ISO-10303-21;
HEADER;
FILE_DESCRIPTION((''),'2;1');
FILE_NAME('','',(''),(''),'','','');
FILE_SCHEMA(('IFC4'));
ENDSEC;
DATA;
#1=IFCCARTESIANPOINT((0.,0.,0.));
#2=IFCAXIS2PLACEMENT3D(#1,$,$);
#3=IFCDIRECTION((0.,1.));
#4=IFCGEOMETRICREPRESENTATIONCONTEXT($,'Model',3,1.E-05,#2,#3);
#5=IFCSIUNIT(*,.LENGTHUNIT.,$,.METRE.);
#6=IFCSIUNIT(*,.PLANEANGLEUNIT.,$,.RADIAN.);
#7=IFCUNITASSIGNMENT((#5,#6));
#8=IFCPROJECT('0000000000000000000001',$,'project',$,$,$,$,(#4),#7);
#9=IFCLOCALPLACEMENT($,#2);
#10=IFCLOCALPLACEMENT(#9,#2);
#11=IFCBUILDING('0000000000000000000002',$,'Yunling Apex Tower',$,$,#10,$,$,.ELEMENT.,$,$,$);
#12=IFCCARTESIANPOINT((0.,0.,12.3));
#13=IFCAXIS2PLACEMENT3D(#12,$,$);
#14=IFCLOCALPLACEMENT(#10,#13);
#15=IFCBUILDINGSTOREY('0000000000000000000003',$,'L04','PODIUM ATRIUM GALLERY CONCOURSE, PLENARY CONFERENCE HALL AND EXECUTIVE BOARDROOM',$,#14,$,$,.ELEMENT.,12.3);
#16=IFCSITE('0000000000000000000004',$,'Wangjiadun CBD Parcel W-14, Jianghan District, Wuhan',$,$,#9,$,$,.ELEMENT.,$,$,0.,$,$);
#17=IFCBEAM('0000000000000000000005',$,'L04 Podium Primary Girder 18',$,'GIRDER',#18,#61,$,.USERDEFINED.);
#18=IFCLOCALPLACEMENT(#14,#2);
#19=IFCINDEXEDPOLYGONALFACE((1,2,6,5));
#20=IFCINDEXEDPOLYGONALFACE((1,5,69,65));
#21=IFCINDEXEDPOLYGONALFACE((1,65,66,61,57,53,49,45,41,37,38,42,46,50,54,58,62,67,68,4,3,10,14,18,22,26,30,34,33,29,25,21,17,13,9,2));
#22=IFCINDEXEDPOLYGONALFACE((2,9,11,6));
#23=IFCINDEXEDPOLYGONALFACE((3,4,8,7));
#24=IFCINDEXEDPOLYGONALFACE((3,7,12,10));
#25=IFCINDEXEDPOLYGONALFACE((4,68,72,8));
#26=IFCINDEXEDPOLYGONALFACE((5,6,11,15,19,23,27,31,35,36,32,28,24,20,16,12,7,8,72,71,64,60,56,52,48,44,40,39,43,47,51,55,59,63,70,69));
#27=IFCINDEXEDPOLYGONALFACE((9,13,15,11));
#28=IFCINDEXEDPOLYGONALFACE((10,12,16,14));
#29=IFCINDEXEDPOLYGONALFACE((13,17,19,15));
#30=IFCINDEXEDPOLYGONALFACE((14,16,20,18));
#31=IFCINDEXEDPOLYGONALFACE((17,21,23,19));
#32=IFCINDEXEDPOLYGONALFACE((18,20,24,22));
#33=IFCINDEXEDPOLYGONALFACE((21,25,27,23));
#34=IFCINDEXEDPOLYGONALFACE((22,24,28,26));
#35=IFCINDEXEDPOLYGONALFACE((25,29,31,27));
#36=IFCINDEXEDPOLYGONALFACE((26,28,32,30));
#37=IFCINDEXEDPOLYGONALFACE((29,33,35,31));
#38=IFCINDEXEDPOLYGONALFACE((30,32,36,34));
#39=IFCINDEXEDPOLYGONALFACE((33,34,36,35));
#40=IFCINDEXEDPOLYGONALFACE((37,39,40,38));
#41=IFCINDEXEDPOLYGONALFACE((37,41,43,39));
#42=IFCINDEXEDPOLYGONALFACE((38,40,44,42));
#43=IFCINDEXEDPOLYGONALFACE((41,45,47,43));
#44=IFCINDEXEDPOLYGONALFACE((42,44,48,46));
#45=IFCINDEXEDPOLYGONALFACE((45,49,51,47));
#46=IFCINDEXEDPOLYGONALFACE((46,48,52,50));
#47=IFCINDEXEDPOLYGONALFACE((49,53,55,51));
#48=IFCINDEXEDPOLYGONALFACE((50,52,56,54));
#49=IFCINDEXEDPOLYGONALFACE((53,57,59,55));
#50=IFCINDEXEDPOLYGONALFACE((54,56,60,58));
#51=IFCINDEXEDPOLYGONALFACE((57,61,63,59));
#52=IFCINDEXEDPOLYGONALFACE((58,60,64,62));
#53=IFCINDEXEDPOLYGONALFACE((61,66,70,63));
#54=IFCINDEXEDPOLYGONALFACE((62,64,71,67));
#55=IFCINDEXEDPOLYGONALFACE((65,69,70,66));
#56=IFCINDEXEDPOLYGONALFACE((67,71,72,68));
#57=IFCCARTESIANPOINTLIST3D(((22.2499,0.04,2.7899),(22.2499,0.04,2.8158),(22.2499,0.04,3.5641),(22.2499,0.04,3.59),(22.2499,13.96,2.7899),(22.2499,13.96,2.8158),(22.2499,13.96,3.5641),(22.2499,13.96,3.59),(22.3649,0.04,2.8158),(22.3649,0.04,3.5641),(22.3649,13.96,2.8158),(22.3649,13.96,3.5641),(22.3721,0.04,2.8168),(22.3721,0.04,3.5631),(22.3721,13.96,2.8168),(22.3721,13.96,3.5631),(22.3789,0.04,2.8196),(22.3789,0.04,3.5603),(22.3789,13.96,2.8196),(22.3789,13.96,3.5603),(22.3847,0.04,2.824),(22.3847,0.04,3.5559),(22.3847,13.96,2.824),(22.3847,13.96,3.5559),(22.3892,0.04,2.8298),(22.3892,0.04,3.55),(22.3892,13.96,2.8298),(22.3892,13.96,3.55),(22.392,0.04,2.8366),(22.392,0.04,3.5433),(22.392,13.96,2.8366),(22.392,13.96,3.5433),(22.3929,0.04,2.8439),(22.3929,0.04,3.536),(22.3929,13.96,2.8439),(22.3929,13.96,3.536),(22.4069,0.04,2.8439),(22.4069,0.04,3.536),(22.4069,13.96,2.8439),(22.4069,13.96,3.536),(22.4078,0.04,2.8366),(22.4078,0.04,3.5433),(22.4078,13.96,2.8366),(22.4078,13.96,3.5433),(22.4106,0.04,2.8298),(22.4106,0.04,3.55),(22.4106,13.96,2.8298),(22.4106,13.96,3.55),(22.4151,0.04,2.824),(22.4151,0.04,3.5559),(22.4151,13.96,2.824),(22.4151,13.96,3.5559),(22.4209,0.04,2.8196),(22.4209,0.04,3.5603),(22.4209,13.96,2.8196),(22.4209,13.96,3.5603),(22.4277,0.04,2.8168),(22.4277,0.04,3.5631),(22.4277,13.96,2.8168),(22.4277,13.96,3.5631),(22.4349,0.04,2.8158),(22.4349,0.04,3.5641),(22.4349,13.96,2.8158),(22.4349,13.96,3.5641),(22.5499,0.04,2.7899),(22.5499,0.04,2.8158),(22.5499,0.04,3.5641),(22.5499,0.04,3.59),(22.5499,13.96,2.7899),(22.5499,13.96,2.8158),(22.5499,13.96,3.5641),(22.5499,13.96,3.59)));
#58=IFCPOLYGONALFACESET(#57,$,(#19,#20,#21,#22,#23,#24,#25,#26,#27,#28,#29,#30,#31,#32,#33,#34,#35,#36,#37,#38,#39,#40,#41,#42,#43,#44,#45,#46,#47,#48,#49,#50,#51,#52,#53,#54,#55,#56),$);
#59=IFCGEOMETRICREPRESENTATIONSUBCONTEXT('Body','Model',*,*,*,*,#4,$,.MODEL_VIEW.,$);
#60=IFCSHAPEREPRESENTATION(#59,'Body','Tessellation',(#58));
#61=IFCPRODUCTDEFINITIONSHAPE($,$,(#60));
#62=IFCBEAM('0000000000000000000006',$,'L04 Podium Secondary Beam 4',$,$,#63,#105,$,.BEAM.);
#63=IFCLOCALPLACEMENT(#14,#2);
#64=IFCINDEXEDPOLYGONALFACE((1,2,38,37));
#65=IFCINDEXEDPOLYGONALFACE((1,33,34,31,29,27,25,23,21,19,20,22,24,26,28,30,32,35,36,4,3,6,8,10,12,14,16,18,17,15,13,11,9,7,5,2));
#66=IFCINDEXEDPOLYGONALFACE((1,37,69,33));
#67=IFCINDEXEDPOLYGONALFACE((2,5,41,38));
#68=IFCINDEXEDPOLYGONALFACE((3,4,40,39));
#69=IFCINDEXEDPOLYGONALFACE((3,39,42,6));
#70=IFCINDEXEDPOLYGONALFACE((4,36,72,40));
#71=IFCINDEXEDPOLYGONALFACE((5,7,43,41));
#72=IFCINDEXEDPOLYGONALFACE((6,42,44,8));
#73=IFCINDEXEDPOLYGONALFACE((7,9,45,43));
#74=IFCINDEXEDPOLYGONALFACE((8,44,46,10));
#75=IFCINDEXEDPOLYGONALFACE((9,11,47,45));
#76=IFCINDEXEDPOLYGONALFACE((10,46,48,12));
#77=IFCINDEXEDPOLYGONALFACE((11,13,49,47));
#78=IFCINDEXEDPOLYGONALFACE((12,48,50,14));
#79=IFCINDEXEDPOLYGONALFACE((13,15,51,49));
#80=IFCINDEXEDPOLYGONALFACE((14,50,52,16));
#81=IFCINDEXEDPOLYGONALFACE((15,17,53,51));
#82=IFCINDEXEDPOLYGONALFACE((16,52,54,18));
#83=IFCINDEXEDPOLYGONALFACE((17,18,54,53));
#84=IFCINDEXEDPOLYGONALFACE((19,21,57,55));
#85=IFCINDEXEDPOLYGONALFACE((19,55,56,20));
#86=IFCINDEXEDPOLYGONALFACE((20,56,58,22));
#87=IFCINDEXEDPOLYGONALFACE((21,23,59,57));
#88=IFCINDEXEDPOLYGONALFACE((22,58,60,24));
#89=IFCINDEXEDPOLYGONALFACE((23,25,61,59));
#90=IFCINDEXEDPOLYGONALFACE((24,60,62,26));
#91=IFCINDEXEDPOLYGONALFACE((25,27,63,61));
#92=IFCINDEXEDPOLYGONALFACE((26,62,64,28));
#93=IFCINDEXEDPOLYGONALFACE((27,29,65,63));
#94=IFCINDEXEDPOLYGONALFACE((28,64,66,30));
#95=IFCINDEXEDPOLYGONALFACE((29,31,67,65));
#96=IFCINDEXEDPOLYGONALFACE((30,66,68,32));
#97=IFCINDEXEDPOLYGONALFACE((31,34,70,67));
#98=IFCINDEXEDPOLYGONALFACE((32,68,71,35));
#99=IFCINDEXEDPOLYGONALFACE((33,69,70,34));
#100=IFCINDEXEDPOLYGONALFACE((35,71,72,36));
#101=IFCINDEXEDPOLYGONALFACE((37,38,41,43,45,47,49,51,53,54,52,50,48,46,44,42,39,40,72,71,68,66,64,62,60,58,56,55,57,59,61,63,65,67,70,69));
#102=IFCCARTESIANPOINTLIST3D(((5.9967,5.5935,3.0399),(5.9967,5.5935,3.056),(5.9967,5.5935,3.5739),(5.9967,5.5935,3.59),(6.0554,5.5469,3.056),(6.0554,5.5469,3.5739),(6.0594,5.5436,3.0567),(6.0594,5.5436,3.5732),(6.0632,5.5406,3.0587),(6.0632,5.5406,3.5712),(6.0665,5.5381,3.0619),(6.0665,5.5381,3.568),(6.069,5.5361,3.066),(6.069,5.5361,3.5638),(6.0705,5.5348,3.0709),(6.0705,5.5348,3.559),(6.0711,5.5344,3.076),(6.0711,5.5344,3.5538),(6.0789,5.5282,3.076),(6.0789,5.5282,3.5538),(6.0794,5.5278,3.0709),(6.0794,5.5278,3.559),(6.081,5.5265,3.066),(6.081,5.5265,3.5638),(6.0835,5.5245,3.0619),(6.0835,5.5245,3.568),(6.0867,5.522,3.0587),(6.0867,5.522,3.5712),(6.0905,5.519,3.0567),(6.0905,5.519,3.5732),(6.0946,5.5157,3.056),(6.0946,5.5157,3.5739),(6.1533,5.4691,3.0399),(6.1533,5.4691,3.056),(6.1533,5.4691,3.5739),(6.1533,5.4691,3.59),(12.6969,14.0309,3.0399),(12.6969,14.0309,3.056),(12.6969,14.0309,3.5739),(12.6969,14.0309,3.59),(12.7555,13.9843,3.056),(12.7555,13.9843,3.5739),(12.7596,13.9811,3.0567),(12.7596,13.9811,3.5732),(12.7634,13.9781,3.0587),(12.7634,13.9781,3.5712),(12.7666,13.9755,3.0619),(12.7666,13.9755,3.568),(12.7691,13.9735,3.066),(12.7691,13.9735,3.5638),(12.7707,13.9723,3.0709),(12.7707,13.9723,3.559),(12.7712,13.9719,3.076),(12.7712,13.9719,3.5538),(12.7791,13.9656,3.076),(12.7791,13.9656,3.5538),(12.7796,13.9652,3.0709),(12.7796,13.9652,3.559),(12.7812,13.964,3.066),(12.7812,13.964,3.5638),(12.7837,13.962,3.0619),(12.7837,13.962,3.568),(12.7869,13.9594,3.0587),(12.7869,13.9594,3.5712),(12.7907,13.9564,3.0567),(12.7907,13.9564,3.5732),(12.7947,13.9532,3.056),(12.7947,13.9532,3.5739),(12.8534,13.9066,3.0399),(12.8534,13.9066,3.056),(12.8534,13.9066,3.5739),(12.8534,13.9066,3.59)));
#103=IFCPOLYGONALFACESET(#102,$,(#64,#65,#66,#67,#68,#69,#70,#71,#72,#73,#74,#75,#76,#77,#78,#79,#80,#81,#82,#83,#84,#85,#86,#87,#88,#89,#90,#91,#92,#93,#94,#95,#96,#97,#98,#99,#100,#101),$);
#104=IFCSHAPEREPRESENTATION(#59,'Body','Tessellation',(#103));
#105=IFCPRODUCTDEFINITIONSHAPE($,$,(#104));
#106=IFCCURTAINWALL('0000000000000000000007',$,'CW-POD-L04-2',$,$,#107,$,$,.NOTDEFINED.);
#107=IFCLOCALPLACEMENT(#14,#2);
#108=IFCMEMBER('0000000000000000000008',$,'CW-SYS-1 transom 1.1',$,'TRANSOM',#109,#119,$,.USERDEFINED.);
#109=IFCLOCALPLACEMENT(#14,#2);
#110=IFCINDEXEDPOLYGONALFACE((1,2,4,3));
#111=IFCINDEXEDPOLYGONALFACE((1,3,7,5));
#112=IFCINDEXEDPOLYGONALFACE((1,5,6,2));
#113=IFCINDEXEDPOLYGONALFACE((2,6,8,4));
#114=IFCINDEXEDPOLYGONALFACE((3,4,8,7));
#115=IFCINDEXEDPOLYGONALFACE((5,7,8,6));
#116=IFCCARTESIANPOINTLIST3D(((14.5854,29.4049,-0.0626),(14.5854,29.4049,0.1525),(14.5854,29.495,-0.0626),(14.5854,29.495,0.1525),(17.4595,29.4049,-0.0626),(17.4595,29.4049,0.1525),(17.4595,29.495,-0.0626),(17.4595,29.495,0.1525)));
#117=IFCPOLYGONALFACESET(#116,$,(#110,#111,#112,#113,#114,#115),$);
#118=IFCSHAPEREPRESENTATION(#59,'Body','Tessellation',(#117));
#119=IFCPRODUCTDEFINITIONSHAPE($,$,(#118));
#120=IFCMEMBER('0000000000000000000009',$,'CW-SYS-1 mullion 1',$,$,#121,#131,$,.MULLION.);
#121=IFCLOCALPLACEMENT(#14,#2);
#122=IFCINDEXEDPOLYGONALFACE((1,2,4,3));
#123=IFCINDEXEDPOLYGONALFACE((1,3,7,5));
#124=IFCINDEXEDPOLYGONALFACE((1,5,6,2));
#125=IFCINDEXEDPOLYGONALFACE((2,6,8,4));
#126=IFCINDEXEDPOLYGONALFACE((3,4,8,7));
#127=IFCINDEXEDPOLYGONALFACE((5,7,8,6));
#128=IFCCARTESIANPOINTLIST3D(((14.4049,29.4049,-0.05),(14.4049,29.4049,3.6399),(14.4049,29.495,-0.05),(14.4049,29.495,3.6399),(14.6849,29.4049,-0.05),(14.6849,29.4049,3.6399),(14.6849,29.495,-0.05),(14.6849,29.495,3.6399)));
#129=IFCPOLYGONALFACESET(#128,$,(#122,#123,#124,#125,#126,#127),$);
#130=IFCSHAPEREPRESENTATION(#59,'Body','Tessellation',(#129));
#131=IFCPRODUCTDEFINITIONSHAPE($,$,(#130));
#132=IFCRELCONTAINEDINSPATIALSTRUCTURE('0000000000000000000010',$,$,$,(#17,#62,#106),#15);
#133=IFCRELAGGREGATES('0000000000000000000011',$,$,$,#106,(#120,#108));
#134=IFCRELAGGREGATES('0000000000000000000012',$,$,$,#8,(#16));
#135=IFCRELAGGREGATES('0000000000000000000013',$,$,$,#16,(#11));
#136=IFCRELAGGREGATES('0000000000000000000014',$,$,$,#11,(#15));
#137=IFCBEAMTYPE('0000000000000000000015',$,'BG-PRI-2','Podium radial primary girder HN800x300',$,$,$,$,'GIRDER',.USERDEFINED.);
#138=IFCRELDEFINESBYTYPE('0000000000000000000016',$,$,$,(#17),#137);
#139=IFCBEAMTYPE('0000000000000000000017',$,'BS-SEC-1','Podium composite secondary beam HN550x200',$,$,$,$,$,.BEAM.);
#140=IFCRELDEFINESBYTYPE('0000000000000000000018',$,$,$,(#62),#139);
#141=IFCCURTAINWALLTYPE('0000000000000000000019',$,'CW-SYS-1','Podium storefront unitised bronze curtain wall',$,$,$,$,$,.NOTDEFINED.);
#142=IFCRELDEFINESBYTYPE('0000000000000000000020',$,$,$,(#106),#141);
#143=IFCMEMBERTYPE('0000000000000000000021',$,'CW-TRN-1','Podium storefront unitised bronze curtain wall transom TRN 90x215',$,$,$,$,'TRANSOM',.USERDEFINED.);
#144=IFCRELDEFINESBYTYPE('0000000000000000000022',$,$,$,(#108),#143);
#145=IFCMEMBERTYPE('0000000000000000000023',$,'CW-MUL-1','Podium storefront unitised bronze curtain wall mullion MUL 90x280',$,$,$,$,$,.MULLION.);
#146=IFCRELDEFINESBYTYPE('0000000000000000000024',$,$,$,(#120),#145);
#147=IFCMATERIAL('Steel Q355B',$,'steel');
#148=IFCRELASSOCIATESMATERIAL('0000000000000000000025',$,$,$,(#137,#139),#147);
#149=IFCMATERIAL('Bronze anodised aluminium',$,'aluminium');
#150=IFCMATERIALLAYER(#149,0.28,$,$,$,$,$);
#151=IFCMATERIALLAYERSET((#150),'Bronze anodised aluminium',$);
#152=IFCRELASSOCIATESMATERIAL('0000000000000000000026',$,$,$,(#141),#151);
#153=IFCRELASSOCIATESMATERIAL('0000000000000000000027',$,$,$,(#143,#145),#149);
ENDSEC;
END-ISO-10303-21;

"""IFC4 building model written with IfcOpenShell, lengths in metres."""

from ifc_helpers import new_model, si_unit, direction, frame, origin, origin_2d, place, context, subcontext, project, spatial, rectangle, i_section, extrude, source, transform, mapped, material, layer, layer_set, material_profile, profile_set, type_object, element, aggregate, save


model = new_model("IFC4")

# Units and contexts
model_context = context("Model", 3, precision=1e-05, world=origin(), true_north=direction((0.0, 1.0)))
body_context = subcontext(model_context, "Body", "Model", "MODEL_VIEW")
ifc_project = project(units=[si_unit("LENGTHUNIT", "METRE"), si_unit("PLANEANGLEUNIT", "RADIAN")], contexts=[model_context])

# Site, building, storey
site_placement = place(None, origin())
site = spatial("IfcSite", under=ifc_project, at=site_placement, Name="Wangjiadun CBD Parcel W-14, Jianghan District, Wuhan", CompositionType="ELEMENT", RefElevation=0.0)
building_placement = place(site_placement, origin())
building = spatial("IfcBuilding", under=site, at=building_placement, Name="Yunling Apex Tower", CompositionType="ELEMENT")
storey_placement = place(building_placement, frame((0.0, 0.0, 12.3)))
storey = spatial("IfcBuildingStorey", under=building, at=storey_placement, Name="L04", Description="PODIUM ATRIUM GALLERY CONCOURSE, PLENARY CONFERENCE HALL AND EXECUTIVE BOARDROOM", CompositionType="ELEMENT", Elevation=12.3)

# Beams
ifc_material_1 = material(Name="Steel Q355B", Category="steel")
ifc_material_profile_1 = material_profile(ifc_material_1, i_section(OverallWidth=0.3, OverallDepth=0.8, WebThickness=0.0139, FlangeThickness=0.0259, FilletRadius=0.0281, at=origin_2d()))
ifc_profile_set_1 = profile_set([ifc_material_profile_1], Name="Steel Q355B")
beam_type_1 = type_object("IfcBeamType", Name="BG-PRI-2", Description="Podium radial primary girder HN800x300", ElementType="GIRDER", PredefinedType="USERDEFINED", material=ifc_profile_set_1)
shared_shape_1 = source(origin(), body_context, "Body", "SweptSolid", [
    extrude(i_section(OverallWidth=0.3, OverallDepth=0.8, WebThickness=0.0139, FlangeThickness=0.0259, FilletRadius=0.0281, at=origin_2d()), origin(), (0.0, 0.0, 1.0), 13.9199),
])
beam_1_placement = place(storey_placement, frame((22.3999, 13.96, 3.1899), z_axis=(0.0, -1.0, 0.0), x_axis=(1.0, 0.0, 0.0)))
element("IfcBeam", 1, at=beam_1_placement, inside=storey, type_object=beam_type_1, Name="L04 Podium Primary Girder 18", ObjectType="GIRDER", PredefinedType="USERDEFINED", context=body_context, shape_type="MappedRepresentation", body=[
    mapped(shared_shape_1, transform((0.0, 0.0, 0.0), scale=1.0)),
])
ifc_material_profile_2 = material_profile(ifc_material_1, i_section(OverallWidth=0.2, OverallDepth=0.55, WebThickness=0.01, FlangeThickness=0.0161, FilletRadius=0.02, at=origin_2d()))
ifc_profile_set_2 = profile_set([ifc_material_profile_2], Name="Steel Q355B")
beam_type_2 = type_object("IfcBeamType", Name="BS-SEC-1", Description="Podium composite secondary beam HN550x200", PredefinedType="BEAM", material=ifc_profile_set_2)
shared_shape_2 = source(origin(), body_context, "Body", "SweptSolid", [
    extrude(i_section(OverallWidth=0.2, OverallDepth=0.55, WebThickness=0.01, FlangeThickness=0.0161, FilletRadius=0.02, at=origin_2d()), origin(), (0.0, 0.0, 1.0), 10.7742),
])
beam_2_placement = place(storey_placement, frame((12.7751, 13.9688, 3.3149), z_axis=(-0.621872, -0.783119, 0.0), x_axis=(0.783119, -0.621872, 0.0)))
element("IfcBeam", 2, at=beam_2_placement, inside=storey, type_object=beam_type_2, Name="L04 Podium Secondary Beam 4", PredefinedType="BEAM", context=body_context, shape_type="MappedRepresentation", body=[
    mapped(shared_shape_2, transform((0.0, 0.0, 0.0), scale=1.0)),
])

# Curtain wall, members
ifc_material_2 = material(Name="Bronze anodised aluminium", Category="aluminium")
ifc_layer_1 = layer(ifc_material_2, 0.28)
ifc_layer_set_1 = layer_set([ifc_layer_1], Name="Bronze anodised aluminium")
curtain_wall_type = type_object("IfcCurtainWallType", Name="CW-SYS-1", Description="Podium storefront unitised bronze curtain wall", PredefinedType="NOTDEFINED", material=ifc_layer_set_1)
curtain_wall_placement = place(storey_placement, origin())
curtain_wall = element("IfcCurtainWall", 3, at=curtain_wall_placement, inside=storey, type_object=curtain_wall_type, Name="CW-POD-L04-2", PredefinedType="NOTDEFINED")
ifc_material_profile_3 = material_profile(ifc_material_2, rectangle(XDim=0.0901, YDim=0.2151, at=origin_2d()))
ifc_profile_set_3 = profile_set([ifc_material_profile_3], Name="Bronze anodised aluminium")
member_type_1 = type_object("IfcMemberType", Name="CW-TRN-1", Description="Podium storefront unitised bronze curtain wall transom TRN 90x215", ElementType="TRANSOM", PredefinedType="USERDEFINED", material=ifc_profile_set_3)
shared_shape_3 = source(origin(), body_context, "Body", "SweptSolid", [
    extrude(rectangle(XDim=0.0901, YDim=0.2151, at=origin_2d()), origin(), (0.0, 0.0, 1.0), 2.874),
])
member_1_placement = place(storey_placement, frame((14.5854, 29.45, 0.0449), z_axis=(1.0, 0.0, 0.0), x_axis=(0.0, 1.0, 0.0)))
member_1 = element("IfcMember", 4, at=member_1_placement, type_object=member_type_1, Name="CW-SYS-1 transom 1.1", ObjectType="TRANSOM", PredefinedType="USERDEFINED", context=body_context, shape_type="MappedRepresentation", body=[
    mapped(shared_shape_3, transform((0.0, 0.0, 0.0), scale=1.0)),
])
ifc_material_profile_4 = material_profile(ifc_material_2, rectangle(XDim=0.0901, YDim=0.28, at=origin_2d()))
ifc_profile_set_4 = profile_set([ifc_material_profile_4], Name="Bronze anodised aluminium")
member_type_2 = type_object("IfcMemberType", Name="CW-MUL-1", Description="Podium storefront unitised bronze curtain wall mullion MUL 90x280", PredefinedType="MULLION", material=ifc_profile_set_4)
shared_shape_4 = source(origin(), body_context, "Body", "SweptSolid", [
    extrude(rectangle(XDim=0.0901, YDim=0.28, at=origin_2d()), origin(), (0.0, 0.0, 1.0), 3.6899),
])
member_2_placement = place(storey_placement, frame((14.5449, 29.45, -0.05), z_axis=(0.0, 0.0, 1.0), x_axis=(0.0, 1.0, 0.0)))
member_2 = element("IfcMember", 5, at=member_2_placement, type_object=member_type_2, Name="CW-SYS-1 mullion 1", PredefinedType="MULLION", context=body_context, shape_type="MappedRepresentation", body=[
    mapped(shared_shape_4, transform((0.0, 0.0, 0.0), scale=1.0)),
])
aggregate(curtain_wall, [member_2, member_1])

save(model, "model.ifc")
